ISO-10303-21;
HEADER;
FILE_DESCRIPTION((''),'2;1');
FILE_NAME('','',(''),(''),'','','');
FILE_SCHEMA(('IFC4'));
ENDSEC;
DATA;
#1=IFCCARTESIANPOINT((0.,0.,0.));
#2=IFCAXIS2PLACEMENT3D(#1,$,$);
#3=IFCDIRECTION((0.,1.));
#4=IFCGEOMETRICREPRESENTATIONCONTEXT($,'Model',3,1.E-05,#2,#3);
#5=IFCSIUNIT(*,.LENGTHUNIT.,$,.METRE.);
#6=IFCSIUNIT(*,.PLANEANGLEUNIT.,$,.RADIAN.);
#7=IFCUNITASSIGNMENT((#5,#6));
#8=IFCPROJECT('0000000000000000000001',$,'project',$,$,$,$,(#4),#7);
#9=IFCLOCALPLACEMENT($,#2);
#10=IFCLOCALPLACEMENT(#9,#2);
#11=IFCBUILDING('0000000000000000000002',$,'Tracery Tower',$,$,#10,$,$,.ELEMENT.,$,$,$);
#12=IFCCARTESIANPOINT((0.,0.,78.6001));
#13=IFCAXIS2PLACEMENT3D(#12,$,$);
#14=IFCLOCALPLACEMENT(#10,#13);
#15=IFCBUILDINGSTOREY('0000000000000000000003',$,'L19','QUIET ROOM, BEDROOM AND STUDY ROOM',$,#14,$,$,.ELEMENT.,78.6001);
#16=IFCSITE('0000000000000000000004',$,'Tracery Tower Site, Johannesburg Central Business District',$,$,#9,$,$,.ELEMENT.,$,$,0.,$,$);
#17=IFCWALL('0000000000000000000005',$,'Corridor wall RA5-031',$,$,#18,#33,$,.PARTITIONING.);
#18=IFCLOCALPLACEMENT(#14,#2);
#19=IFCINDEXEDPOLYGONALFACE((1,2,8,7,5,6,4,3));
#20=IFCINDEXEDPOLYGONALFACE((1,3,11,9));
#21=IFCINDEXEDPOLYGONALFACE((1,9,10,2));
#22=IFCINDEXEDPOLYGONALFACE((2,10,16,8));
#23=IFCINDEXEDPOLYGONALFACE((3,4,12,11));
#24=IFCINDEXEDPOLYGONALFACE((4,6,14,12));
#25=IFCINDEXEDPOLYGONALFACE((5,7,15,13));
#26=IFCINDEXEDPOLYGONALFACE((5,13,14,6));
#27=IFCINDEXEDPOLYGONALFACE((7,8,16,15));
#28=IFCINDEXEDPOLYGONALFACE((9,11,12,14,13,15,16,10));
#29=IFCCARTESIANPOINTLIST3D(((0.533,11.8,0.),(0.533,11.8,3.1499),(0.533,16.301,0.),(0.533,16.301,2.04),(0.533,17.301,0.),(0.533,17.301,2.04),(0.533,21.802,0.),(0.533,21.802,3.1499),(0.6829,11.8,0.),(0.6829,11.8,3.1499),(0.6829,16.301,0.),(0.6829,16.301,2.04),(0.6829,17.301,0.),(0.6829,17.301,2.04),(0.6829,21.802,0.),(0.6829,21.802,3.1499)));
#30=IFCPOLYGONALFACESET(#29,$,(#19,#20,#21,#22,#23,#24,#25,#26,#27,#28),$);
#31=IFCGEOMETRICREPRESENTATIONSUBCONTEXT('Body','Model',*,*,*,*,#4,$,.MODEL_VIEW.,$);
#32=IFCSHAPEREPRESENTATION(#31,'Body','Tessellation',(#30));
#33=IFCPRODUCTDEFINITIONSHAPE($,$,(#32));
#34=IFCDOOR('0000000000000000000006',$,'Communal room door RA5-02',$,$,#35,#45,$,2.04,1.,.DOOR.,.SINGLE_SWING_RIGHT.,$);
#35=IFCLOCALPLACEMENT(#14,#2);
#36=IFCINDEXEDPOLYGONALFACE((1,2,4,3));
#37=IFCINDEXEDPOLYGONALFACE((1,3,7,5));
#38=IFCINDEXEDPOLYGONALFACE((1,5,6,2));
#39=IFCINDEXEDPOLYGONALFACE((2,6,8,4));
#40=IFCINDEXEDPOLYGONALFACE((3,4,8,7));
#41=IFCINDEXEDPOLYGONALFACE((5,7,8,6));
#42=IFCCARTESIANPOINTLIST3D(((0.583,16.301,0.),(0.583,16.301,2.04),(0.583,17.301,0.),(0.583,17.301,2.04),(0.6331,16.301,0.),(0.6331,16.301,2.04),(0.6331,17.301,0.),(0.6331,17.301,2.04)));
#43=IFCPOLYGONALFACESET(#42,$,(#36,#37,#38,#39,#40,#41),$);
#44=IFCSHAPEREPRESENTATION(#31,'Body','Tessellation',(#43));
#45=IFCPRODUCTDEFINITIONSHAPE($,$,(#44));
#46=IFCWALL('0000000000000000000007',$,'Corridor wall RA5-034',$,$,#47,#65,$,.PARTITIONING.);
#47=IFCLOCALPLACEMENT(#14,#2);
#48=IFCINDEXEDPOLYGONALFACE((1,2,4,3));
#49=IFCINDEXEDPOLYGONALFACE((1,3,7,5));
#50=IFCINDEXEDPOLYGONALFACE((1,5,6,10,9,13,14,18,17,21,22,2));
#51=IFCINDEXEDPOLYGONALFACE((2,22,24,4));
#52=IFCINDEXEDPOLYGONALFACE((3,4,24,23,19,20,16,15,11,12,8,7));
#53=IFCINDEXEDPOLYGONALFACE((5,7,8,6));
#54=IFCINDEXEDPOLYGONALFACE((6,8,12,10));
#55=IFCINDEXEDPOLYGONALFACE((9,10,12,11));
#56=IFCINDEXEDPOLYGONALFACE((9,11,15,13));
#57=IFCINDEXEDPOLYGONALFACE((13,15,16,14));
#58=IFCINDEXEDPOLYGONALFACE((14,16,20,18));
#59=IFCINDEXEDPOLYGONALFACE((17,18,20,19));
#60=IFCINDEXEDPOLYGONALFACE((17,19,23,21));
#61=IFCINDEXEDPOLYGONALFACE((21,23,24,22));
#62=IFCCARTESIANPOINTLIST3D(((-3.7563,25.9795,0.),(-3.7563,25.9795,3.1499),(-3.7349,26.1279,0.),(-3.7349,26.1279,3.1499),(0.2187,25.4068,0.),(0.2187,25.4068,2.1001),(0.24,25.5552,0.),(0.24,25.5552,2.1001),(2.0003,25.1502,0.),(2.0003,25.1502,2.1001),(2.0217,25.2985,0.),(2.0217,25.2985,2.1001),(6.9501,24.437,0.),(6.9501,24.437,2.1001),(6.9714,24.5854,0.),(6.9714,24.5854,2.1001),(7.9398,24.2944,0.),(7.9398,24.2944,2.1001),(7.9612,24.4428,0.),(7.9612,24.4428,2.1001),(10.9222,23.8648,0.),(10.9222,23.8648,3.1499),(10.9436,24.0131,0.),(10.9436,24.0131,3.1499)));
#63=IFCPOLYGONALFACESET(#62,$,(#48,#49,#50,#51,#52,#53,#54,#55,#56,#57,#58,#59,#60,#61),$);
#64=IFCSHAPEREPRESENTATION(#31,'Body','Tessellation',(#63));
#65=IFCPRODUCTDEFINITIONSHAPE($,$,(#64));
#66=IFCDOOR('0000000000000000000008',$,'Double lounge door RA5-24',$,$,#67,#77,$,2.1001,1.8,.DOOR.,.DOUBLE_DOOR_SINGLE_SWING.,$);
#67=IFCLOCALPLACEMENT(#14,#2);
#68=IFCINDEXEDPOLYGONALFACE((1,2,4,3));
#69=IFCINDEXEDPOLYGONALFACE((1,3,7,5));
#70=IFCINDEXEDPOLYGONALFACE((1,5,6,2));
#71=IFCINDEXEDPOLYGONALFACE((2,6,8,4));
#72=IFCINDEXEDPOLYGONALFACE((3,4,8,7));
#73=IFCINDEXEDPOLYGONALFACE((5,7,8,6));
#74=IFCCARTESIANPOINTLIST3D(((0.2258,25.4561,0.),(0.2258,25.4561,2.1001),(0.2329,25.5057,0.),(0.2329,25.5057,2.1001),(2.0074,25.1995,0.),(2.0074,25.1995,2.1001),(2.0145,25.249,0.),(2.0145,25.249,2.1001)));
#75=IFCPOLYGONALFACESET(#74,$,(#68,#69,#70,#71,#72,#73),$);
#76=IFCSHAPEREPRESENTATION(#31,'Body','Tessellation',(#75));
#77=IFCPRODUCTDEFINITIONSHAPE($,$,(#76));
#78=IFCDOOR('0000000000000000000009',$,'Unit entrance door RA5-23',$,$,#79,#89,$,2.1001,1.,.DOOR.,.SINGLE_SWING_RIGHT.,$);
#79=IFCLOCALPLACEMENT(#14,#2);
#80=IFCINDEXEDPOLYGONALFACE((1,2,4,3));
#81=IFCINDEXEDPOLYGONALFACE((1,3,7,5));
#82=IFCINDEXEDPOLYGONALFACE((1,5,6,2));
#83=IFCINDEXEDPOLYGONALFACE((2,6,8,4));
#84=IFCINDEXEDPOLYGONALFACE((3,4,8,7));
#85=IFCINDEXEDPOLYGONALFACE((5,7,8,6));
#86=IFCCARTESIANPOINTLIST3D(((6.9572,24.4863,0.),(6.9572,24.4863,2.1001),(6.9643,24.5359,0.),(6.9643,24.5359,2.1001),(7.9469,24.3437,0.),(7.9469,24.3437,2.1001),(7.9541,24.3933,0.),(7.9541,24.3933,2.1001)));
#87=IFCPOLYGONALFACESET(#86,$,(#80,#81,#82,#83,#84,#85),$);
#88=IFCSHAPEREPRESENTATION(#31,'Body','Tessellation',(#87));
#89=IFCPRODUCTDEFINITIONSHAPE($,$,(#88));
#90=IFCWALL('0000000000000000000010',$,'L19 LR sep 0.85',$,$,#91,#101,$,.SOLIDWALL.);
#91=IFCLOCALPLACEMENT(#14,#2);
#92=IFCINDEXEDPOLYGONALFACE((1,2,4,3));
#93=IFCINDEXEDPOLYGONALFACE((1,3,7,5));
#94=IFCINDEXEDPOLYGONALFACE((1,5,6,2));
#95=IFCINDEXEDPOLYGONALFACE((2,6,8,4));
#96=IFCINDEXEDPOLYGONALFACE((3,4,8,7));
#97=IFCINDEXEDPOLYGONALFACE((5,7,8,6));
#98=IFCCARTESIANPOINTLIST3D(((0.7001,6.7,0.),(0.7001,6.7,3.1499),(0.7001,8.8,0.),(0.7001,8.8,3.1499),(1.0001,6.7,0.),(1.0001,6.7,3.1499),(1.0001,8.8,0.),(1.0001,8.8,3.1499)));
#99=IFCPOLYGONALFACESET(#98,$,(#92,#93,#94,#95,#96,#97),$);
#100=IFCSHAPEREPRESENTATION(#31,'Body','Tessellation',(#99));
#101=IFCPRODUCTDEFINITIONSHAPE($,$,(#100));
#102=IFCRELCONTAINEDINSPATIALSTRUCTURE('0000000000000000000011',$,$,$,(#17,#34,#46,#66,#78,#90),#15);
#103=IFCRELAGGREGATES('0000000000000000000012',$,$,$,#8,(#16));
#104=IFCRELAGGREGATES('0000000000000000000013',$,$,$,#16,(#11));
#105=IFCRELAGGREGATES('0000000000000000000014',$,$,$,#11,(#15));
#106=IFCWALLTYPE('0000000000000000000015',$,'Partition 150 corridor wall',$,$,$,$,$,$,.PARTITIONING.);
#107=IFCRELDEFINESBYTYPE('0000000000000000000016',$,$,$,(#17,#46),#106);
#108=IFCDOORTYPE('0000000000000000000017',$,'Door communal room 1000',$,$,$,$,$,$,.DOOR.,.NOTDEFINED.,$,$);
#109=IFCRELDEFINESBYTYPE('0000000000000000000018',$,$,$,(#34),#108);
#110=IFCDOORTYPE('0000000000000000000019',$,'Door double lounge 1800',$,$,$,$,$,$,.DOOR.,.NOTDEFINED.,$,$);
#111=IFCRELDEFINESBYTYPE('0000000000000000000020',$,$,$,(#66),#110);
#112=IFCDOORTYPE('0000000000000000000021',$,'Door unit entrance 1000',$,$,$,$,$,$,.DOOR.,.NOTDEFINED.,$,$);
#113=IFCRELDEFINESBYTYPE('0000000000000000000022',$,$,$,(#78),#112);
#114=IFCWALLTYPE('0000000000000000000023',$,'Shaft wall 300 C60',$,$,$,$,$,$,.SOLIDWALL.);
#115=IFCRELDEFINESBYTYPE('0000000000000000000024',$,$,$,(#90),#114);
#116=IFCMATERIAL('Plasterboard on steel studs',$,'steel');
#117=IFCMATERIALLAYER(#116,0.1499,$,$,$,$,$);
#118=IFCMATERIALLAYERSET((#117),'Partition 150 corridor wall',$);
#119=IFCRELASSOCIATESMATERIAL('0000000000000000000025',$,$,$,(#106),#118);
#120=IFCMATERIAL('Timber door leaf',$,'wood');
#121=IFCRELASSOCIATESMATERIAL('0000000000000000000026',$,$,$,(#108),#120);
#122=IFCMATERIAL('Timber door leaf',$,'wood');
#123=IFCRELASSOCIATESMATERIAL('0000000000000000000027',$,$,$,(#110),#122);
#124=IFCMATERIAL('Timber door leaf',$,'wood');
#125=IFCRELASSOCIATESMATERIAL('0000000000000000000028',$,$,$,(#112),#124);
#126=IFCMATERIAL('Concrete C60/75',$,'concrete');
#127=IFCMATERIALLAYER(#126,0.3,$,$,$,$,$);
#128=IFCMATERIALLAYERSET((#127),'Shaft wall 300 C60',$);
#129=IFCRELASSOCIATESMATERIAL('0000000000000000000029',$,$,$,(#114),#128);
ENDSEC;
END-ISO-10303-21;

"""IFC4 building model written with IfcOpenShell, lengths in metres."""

from ifc_helpers import new_model, si_unit, direction, frame, frame_2d, origin, place, context, subcontext, project, spatial, rectangle, extrude, material, layer, layer_set, type_object, element, fill, save


model = new_model("IFC4")

# Units and contexts
model_context = context("Model", 3, precision=1e-05, world=origin(), true_north=direction((0.0, 1.0)))
body_context = subcontext(model_context, "Body", "Model", "MODEL_VIEW")
ifc_project = project(units=[si_unit("LENGTHUNIT", "METRE"), si_unit("PLANEANGLEUNIT", "RADIAN")], contexts=[model_context])

# Site, building, storey
site_placement = place(None, origin())
site = spatial("IfcSite", under=ifc_project, at=site_placement, Name="Tracery Tower Site, Johannesburg Central Business District", CompositionType="ELEMENT", RefElevation=0.0)
building_placement = place(site_placement, origin())
building = spatial("IfcBuilding", under=site, at=building_placement, Name="Tracery Tower", CompositionType="ELEMENT")
storey_placement = place(building_placement, frame((0.0, 0.0, 78.6001)))
storey = spatial("IfcBuildingStorey", under=building, at=storey_placement, Name="L19", Description="QUIET ROOM, BEDROOM AND STUDY ROOM", CompositionType="ELEMENT", Elevation=78.6001)

# Shared definitions
ifc_material_1 = material(Name="Plasterboard on steel studs", Category="steel")
ifc_layer_1 = layer(ifc_material_1, 0.1499)
ifc_layer_set_1 = layer_set([ifc_layer_1], Name="Partition 150 corridor wall")
wall_type_1 = type_object("IfcWallType", Name="Partition 150 corridor wall", PredefinedType="PARTITIONING", material=ifc_layer_set_1)

# Wall, opening, door
wall_1_placement = place(storey_placement, frame((0.6079, 11.8, 0.0), z_axis=(0.0, 0.0, 1.0), x_axis=(0.0, 1.0, 0.0)))
wall_1 = element("IfcWall", 1, at=wall_1_placement, inside=storey, type_object=wall_type_1, Name="Corridor wall RA5-031", PredefinedType="PARTITIONING", context=body_context, shape_type="SweptSolid", body=[
    extrude(rectangle(XDim=10.002, YDim=0.1499, at=frame_2d((5.001, 0.0))), origin(), (0.0, 0.0, 1.0), 3.1499),
])
opening_1_placement = place(wall_1_placement, frame((4.501, 0.0, 0.0)))
opening_1 = element("IfcOpeningElement", 2, at=opening_1_placement, cuts=wall_1, PredefinedType="OPENING", context=body_context, shape_type="SweptSolid", body=[
    extrude(rectangle(XDim=1.0, YDim=2.04, at=frame_2d((0.5, 1.02))), frame((0.0, 0.075, 0.0), z_axis=(0.0, -1.0, 0.0), x_axis=(1.0, 0.0, 0.0)), (0.0, 0.0, 1.0), 0.1499),
])
ifc_material_2 = material(Name="Timber door leaf", Category="wood")
door_type_1 = type_object("IfcDoorType", Name="Door communal room 1000", OperationType="NOTDEFINED", PredefinedType="DOOR", material=ifc_material_2)
door_1_placement = place(opening_1_placement, origin())
door_1 = element("IfcDoor", 3, at=door_1_placement, inside=storey, type_object=door_type_1, Name="Communal room door RA5-02", OperationType="SINGLE_SWING_RIGHT", OverallHeight=2.04, OverallWidth=1.0, PredefinedType="DOOR", context=body_context, shape_type="SweptSolid", body=[
    extrude(rectangle(XDim=1.0, YDim=2.04, at=frame_2d((0.5, 1.02))), frame((0.0, 0.0249, 0.0), z_axis=(0.0, -1.0, 0.0), x_axis=(1.0, 0.0, 0.0)), (0.0, 0.0, 1.0), 0.05),
])
fill(opening_1, door_1)

# Wall, openings, doors
wall_2_placement = place(storey_placement, frame((-3.7456, 26.0537, 0.0), z_axis=(0.0, 0.0, 1.0), x_axis=(0.989781, -0.142599, 0.0)))
wall_2 = element("IfcWall", 4, at=wall_2_placement, inside=storey, type_object=wall_type_1, Name="Corridor wall RA5-034", PredefinedType="PARTITIONING", context=body_context, shape_type="SweptSolid", body=[
    extrude(rectangle(XDim=14.8301, YDim=0.1499, at=frame_2d((7.415, 0.0))), origin(), (0.0, 0.0, 1.0), 3.1499),
])
opening_2_placement = place(wall_2_placement, frame((10.8169, 0.0, 0.0)))
opening_2 = element("IfcOpeningElement", 5, at=opening_2_placement, cuts=wall_2, PredefinedType="OPENING", context=body_context, shape_type="SweptSolid", body=[
    extrude(rectangle(XDim=1.0, YDim=2.1001, at=frame_2d((0.5, 1.05))), frame((0.0, 0.075, 0.0), z_axis=(0.0, -1.0, 0.0), x_axis=(1.0, 0.0, 0.0)), (0.0, 0.0, 1.0), 0.1499),
])
opening_3_placement = place(wall_2_placement, frame((4.0161, 0.0, 0.0)))
opening_3 = element("IfcOpeningElement", 6, at=opening_3_placement, cuts=wall_2, PredefinedType="OPENING", context=body_context, shape_type="SweptSolid", body=[
    extrude(rectangle(XDim=1.8, YDim=2.1001, at=frame_2d((0.8999, 1.05))), frame((0.0, 0.075, 0.0), z_axis=(0.0, -1.0, 0.0), x_axis=(1.0, 0.0, 0.0)), (0.0, 0.0, 1.0), 0.1499),
])
ifc_material_3 = material(Name="Timber door leaf", Category="wood")
door_type_2 = type_object("IfcDoorType", Name="Door double lounge 1800", OperationType="NOTDEFINED", PredefinedType="DOOR", material=ifc_material_3)
door_2_placement = place(opening_3_placement, origin())
door_2 = element("IfcDoor", 7, at=door_2_placement, inside=storey, type_object=door_type_2, Name="Double lounge door RA5-24", OperationType="DOUBLE_DOOR_SINGLE_SWING", OverallHeight=2.1001, OverallWidth=1.8, PredefinedType="DOOR", context=body_context, shape_type="SweptSolid", body=[
    extrude(rectangle(XDim=1.8, YDim=2.1001, at=frame_2d((0.8999, 1.05))), frame((0.0, 0.0249, 0.0), z_axis=(0.0, -1.0, 0.0), x_axis=(1.0, 0.0, 0.0)), (0.0, 0.0, 1.0), 0.05),
])
fill(opening_3, door_2)
ifc_material_4 = material(Name="Timber door leaf", Category="wood")
door_type_3 = type_object("IfcDoorType", Name="Door unit entrance 1000", OperationType="NOTDEFINED", PredefinedType="DOOR", material=ifc_material_4)
door_3_placement = place(opening_2_placement, origin())
door_3 = element("IfcDoor", 8, at=door_3_placement, inside=storey, type_object=door_type_3, Name="Unit entrance door RA5-23", OperationType="SINGLE_SWING_RIGHT", OverallHeight=2.1001, OverallWidth=1.0, PredefinedType="DOOR", context=body_context, shape_type="SweptSolid", body=[
    extrude(rectangle(XDim=1.0, YDim=2.1001, at=frame_2d((0.5, 1.05))), frame((0.0, 0.0249, 0.0), z_axis=(0.0, -1.0, 0.0), x_axis=(1.0, 0.0, 0.0)), (0.0, 0.0, 1.0), 0.05),
])
fill(opening_2, door_3)

# Wall
ifc_material_5 = material(Name="Concrete C60/75", Category="concrete")
ifc_layer_2 = layer(ifc_material_5, 0.3)
ifc_layer_set_2 = layer_set([ifc_layer_2], Name="Shaft wall 300 C60")
wall_type_2 = type_object("IfcWallType", Name="Shaft wall 300 C60", PredefinedType="SOLIDWALL", material=ifc_layer_set_2)
wall_3_placement = place(storey_placement, frame((0.8501, 6.7, 0.0), z_axis=(0.0, 0.0, 1.0), x_axis=(0.0, 1.0, 0.0)))
element("IfcWall", 9, at=wall_3_placement, inside=storey, type_object=wall_type_2, Name="L19 LR sep 0.85", PredefinedType="SOLIDWALL", context=body_context, shape_type="SweptSolid", body=[
    extrude(rectangle(XDim=2.1001, YDim=0.3, at=frame_2d((1.05, 0.0))), origin(), (0.0, 0.0, 1.0), 3.1499),
])

save(model, "model.ifc")
